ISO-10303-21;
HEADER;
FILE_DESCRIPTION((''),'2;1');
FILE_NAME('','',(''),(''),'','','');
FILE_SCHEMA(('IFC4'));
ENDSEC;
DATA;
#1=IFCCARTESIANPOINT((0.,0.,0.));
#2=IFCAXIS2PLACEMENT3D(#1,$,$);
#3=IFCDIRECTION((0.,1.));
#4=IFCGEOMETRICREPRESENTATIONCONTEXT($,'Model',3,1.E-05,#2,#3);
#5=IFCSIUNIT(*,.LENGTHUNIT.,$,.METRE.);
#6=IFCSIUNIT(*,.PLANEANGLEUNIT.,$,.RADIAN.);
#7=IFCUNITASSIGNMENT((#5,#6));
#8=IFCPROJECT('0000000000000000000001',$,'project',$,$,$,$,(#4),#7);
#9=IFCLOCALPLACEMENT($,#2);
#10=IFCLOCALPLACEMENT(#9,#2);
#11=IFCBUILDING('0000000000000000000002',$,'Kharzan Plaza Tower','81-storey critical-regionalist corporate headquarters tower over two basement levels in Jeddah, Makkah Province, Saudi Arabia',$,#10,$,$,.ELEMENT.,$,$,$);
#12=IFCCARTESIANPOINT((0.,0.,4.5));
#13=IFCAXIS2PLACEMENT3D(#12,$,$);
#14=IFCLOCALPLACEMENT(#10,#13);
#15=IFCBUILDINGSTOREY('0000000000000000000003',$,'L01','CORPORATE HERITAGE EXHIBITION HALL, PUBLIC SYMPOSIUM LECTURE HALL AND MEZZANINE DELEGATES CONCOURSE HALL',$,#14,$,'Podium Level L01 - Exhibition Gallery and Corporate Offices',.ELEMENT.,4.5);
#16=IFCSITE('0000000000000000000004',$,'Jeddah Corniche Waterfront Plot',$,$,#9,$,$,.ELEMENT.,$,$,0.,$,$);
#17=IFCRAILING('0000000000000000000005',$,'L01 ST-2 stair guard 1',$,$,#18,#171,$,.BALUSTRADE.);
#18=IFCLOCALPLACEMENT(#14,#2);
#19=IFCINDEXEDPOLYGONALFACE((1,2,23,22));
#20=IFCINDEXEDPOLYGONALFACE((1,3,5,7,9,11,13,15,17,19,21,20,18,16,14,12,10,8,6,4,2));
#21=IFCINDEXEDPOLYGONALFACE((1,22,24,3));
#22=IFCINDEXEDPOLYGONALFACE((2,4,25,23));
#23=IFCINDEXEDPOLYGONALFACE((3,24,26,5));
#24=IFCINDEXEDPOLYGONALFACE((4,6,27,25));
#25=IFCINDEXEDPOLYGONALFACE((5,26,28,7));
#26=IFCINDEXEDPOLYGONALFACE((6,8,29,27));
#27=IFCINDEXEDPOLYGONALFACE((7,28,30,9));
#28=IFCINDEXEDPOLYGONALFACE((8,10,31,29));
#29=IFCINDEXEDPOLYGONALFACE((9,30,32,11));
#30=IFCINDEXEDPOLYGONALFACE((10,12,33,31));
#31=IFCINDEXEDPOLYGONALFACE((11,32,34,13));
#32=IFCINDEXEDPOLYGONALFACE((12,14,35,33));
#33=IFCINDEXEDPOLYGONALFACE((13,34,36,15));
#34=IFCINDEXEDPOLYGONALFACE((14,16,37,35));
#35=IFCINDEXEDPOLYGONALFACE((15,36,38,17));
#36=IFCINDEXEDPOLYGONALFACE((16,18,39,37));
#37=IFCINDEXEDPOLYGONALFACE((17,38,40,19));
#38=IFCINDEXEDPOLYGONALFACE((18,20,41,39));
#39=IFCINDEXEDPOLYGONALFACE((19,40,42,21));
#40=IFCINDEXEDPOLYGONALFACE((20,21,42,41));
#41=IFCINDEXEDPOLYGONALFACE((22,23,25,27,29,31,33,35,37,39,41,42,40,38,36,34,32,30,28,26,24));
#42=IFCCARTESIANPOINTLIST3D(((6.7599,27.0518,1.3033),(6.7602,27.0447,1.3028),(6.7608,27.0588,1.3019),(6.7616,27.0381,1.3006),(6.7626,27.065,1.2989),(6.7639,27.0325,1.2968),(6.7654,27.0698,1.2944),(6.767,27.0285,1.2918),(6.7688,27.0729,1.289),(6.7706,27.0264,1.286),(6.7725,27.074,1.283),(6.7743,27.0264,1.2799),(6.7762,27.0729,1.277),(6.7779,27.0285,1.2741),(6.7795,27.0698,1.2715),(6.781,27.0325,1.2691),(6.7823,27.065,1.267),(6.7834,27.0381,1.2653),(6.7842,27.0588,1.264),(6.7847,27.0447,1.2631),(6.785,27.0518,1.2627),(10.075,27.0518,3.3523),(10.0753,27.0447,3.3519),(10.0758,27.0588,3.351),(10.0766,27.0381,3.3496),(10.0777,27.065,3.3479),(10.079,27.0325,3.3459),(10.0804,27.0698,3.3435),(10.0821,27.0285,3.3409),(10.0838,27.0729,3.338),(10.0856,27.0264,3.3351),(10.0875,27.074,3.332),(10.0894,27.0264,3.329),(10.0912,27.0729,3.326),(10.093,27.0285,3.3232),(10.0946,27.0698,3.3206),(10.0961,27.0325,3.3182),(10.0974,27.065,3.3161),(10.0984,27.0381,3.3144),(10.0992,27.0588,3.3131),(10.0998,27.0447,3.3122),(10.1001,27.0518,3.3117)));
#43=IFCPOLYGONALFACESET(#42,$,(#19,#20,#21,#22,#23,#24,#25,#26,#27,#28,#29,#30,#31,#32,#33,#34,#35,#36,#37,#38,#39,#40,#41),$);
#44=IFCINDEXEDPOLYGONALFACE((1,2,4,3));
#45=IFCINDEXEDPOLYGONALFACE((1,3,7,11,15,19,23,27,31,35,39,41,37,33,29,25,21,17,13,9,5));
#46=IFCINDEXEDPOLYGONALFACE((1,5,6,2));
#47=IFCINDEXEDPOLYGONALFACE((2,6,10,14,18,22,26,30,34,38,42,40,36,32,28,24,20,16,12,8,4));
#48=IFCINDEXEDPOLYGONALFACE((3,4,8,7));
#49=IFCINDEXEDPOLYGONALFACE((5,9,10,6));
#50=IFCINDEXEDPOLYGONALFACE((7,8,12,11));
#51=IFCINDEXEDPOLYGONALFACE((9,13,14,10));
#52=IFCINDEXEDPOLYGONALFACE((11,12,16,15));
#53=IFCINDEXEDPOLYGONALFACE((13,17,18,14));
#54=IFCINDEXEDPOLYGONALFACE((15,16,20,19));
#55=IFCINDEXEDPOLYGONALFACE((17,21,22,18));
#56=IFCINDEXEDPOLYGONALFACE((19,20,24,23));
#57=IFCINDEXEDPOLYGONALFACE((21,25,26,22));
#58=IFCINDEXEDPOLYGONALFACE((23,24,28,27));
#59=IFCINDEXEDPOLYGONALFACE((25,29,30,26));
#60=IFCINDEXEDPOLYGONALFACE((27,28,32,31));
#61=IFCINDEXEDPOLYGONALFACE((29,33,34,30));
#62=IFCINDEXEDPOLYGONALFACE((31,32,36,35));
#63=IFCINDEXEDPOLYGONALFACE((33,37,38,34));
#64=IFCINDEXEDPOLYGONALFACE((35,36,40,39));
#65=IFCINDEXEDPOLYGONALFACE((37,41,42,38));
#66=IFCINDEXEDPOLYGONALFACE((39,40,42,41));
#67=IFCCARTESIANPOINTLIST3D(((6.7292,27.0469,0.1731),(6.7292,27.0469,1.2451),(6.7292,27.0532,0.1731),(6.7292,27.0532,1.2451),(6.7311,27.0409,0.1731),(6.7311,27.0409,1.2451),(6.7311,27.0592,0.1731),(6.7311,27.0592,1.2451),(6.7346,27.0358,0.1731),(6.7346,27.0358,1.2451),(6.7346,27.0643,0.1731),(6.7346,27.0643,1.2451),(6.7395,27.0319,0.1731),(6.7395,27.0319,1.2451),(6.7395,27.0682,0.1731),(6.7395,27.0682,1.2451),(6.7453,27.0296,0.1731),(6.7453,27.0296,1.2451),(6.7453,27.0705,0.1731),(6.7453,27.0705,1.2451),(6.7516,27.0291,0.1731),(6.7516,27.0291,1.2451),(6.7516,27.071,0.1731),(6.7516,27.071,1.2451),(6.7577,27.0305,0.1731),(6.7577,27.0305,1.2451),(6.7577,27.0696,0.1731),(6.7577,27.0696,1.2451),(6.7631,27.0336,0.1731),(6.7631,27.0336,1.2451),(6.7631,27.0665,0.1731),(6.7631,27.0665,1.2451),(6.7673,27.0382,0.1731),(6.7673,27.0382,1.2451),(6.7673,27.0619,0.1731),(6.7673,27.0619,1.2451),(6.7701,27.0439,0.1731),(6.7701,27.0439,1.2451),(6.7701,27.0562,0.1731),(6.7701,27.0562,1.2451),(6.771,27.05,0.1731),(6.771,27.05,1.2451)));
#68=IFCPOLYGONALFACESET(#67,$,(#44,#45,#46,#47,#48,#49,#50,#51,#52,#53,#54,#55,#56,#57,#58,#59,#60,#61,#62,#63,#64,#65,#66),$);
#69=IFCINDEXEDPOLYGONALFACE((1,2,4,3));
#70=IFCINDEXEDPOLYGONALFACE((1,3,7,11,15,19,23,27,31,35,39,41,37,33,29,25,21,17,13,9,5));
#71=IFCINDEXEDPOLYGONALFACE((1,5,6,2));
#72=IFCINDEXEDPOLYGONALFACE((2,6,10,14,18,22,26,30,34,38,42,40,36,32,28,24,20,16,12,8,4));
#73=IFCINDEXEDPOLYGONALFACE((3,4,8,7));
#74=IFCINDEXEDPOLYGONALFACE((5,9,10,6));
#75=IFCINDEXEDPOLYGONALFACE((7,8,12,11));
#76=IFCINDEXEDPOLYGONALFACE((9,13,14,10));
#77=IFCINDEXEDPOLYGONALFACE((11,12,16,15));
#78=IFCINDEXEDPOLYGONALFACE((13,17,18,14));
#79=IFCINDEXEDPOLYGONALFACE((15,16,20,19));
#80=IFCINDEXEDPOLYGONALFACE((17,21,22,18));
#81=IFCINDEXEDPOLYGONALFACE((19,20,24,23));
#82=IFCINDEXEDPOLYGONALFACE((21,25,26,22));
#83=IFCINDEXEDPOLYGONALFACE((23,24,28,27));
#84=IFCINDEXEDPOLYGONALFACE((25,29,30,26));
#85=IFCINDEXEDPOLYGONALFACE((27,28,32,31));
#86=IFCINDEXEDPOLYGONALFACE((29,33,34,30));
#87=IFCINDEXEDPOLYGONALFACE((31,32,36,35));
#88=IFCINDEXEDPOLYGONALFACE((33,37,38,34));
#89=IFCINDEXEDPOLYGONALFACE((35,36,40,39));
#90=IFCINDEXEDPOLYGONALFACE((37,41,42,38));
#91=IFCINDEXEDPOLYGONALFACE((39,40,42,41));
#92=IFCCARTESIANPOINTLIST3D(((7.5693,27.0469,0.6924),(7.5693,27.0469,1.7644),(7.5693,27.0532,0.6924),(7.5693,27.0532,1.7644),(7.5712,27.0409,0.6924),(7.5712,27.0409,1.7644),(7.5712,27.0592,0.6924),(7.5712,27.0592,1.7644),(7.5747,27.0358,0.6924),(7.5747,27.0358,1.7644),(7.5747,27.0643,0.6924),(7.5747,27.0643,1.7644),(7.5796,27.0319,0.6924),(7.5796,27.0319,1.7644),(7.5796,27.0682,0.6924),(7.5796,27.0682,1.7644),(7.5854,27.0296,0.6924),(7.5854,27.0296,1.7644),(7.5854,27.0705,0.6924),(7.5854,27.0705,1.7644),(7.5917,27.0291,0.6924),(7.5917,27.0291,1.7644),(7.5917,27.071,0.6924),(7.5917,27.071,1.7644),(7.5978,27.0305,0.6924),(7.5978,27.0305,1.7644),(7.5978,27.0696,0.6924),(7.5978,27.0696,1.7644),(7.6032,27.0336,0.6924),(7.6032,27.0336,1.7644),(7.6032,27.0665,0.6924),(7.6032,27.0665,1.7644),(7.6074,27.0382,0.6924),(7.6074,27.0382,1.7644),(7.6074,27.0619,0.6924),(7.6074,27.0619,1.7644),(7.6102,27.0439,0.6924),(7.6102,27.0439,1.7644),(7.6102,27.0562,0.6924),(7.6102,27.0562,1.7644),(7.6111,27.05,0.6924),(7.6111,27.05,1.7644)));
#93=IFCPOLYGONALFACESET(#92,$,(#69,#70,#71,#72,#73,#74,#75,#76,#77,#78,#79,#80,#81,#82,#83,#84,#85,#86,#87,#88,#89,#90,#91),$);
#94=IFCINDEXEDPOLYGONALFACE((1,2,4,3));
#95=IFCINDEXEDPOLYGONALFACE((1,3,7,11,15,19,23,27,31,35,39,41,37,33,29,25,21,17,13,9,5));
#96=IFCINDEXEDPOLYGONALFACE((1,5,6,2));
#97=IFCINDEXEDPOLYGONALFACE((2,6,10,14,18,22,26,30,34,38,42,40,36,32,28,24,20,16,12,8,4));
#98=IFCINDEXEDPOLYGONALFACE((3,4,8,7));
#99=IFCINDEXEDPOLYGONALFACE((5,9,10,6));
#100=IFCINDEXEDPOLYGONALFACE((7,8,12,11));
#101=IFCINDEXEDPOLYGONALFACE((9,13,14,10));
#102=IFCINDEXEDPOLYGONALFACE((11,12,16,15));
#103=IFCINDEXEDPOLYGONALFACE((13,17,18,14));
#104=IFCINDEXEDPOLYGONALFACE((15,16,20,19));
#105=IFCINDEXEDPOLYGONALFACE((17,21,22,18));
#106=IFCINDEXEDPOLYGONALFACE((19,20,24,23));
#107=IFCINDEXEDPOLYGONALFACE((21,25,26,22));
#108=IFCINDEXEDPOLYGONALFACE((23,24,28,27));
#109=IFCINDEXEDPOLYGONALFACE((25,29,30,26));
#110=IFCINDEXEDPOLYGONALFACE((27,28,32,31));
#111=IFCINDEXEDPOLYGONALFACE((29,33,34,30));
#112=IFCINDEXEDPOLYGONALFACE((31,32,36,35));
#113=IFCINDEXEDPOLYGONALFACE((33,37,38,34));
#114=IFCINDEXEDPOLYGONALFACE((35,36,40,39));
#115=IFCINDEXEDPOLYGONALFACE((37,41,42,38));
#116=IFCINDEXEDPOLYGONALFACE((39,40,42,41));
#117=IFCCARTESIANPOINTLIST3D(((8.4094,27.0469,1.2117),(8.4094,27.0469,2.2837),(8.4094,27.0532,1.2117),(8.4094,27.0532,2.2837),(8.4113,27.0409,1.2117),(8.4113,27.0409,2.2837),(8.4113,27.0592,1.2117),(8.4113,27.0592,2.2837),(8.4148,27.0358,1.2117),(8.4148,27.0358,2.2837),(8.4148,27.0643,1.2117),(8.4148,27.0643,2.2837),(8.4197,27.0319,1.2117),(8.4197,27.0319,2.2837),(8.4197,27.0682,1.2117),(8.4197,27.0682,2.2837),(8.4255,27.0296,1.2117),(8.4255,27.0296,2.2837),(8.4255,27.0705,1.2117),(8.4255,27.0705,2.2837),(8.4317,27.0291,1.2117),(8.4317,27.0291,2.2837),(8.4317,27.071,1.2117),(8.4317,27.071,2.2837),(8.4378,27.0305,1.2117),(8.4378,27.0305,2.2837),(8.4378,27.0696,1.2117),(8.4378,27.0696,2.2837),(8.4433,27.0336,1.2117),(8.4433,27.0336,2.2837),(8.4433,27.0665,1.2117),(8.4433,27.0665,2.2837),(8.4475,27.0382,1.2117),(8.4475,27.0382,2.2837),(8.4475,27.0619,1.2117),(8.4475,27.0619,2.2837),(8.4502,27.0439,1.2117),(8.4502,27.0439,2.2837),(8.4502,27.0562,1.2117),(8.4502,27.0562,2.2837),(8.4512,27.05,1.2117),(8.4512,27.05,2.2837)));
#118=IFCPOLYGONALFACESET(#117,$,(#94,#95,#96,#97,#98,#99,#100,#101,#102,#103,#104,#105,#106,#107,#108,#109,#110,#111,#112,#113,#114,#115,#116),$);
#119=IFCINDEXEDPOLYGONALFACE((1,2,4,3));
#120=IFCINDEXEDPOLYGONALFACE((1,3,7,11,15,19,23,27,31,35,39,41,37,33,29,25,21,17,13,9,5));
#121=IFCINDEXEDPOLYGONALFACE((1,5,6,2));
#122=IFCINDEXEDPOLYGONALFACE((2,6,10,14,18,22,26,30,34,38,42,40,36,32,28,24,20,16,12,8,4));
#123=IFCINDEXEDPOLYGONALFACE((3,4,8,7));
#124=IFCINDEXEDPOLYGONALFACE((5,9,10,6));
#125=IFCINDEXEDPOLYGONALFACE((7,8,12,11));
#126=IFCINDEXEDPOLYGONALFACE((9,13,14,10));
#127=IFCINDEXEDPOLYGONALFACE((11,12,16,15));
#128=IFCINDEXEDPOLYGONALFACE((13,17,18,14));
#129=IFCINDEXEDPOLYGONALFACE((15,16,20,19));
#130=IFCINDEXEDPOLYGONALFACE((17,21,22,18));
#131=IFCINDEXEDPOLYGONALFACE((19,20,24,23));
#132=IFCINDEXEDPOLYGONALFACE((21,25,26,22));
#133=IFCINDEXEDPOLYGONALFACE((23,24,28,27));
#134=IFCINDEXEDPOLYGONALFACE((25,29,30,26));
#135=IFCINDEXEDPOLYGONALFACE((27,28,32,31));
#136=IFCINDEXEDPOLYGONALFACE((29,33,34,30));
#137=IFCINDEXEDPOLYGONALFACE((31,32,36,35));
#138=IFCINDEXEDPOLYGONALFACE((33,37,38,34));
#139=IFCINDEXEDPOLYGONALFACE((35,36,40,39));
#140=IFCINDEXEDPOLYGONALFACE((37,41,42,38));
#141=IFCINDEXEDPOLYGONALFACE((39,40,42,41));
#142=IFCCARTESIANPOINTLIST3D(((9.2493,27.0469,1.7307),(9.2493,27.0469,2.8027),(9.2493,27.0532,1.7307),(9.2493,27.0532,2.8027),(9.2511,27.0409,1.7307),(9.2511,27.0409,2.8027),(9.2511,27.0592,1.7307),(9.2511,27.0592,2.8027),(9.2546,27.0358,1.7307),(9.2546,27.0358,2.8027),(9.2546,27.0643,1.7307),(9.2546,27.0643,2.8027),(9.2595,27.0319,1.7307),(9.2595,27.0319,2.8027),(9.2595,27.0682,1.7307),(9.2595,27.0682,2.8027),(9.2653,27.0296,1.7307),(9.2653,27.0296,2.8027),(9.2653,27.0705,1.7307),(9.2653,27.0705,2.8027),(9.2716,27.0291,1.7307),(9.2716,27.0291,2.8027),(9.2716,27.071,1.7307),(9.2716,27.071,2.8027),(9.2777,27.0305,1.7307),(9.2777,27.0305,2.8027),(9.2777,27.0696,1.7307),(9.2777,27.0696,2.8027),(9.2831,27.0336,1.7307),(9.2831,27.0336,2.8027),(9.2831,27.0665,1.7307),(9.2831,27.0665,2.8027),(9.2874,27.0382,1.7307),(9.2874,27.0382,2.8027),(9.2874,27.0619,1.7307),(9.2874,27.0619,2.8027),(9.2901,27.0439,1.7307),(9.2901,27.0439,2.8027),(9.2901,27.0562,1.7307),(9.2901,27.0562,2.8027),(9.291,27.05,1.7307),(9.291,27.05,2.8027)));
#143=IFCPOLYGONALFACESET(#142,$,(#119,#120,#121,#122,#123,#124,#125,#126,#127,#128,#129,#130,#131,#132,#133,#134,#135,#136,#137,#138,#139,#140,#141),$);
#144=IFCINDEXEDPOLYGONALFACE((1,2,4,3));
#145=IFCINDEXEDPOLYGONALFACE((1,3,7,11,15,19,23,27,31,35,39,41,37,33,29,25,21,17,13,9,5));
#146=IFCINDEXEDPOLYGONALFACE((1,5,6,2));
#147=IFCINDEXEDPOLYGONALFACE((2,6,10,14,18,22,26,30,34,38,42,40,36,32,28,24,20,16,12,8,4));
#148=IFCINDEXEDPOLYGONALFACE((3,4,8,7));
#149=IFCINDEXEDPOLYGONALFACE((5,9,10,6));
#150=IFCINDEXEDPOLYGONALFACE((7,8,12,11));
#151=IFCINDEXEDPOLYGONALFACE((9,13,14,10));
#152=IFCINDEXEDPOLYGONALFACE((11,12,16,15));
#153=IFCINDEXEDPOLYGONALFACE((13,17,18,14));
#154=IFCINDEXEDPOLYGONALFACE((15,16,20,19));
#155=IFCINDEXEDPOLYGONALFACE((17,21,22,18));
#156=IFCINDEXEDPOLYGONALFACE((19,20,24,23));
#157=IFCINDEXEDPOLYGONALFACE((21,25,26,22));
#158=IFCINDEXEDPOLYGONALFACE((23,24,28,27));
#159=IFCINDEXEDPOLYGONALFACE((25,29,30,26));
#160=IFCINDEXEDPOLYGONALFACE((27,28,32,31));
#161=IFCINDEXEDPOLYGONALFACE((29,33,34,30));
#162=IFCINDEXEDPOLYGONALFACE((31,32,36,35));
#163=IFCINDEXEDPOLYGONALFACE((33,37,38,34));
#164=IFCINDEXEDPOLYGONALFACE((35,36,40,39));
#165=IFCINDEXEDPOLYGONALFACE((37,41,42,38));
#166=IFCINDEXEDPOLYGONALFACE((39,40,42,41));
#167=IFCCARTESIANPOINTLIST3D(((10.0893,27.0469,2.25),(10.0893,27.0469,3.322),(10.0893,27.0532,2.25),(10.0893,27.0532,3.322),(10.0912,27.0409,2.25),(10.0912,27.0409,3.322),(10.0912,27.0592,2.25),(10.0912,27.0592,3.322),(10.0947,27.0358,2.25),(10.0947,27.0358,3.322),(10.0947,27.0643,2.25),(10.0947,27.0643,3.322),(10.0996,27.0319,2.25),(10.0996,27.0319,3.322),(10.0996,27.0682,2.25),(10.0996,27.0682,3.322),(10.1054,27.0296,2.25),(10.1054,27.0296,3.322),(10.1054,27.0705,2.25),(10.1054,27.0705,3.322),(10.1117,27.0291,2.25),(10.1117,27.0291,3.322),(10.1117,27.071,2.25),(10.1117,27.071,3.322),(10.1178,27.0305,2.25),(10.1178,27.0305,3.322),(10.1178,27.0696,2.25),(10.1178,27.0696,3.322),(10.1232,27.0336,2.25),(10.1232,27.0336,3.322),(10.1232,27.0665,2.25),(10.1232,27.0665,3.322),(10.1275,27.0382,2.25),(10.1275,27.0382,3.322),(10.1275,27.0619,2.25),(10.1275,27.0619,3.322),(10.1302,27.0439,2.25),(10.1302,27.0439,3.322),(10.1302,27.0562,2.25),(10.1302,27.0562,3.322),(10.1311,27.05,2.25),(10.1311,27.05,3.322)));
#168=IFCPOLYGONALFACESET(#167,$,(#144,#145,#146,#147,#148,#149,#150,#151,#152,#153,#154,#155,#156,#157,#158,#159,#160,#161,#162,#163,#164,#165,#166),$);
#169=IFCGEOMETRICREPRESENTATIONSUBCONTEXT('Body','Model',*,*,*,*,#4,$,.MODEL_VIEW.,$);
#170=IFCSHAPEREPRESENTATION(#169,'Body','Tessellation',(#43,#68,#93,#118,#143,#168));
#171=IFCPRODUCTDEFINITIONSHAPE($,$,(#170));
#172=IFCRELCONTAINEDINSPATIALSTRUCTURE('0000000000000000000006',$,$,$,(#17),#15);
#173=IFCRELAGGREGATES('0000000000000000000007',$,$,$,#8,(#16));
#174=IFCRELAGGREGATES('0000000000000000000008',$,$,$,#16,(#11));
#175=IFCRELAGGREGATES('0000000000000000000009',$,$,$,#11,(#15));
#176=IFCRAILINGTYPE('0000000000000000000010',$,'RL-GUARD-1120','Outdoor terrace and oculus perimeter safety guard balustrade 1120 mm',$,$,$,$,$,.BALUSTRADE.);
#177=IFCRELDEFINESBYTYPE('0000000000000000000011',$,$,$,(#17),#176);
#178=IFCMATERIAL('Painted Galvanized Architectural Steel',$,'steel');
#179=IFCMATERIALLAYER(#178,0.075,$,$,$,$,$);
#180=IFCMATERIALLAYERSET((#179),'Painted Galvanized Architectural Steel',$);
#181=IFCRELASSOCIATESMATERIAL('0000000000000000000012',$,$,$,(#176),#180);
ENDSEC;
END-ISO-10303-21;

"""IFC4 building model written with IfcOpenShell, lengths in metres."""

from ifc_helpers import new_model, si_unit, direction, frame, origin, origin_2d, place, context, subcontext, project, spatial, circle, extrude, source, transform, mapped, material, layer, layer_set, type_object, element, save


model = new_model("IFC4")

# Units and contexts
model_context = context("Model", 3, precision=1e-05, world=origin(), true_north=direction((0.0, 1.0)))
body_context = subcontext(model_context, "Body", "Model", "MODEL_VIEW")
ifc_project = project(units=[si_unit("LENGTHUNIT", "METRE"), si_unit("PLANEANGLEUNIT", "RADIAN")], contexts=[model_context])

# Site, building, storey
site_placement = place(None, origin())
site = spatial("IfcSite", under=ifc_project, at=site_placement, Name="Jeddah Corniche Waterfront Plot", CompositionType="ELEMENT", RefElevation=0.0)
building_placement = place(site_placement, origin())
building = spatial("IfcBuilding", under=site, at=building_placement, Name="Kharzan Plaza Tower", Description="81-storey critical-regionalist corporate headquarters tower over two basement levels in Jeddah, Makkah Province, Saudi Arabia", CompositionType="ELEMENT")
storey_placement = place(building_placement, frame((0.0, 0.0, 4.5)))
storey = spatial("IfcBuildingStorey", under=building, at=storey_placement, Name="L01", Description="CORPORATE HERITAGE EXHIBITION HALL, PUBLIC SYMPOSIUM LECTURE HALL AND MEZZANINE DELEGATES CONCOURSE HALL", LongName="Podium Level L01 - Exhibition Gallery and Corporate Offices", CompositionType="ELEMENT", Elevation=4.5)

# Railing
ifc_material_1 = material(Name="Painted Galvanized Architectural Steel", Category="steel")
ifc_layer_1 = layer(ifc_material_1, 0.075)
ifc_layer_set_1 = layer_set([ifc_layer_1], Name="Painted Galvanized Architectural Steel")
railing_type_1 = type_object("IfcRailingType", Name="RL-GUARD-1120", Description="Outdoor terrace and oculus perimeter safety guard balustrade 1120 mm", PredefinedType="BALUSTRADE", material=ifc_layer_set_1)
shared_shape_1 = source(origin(), body_context, "Body", "SweptSolid", [
    extrude(circle(Radius=0.0239, at=origin_2d()), frame((0.0225, 0.0, 1.1099), z_axis=(0.850623, 0.0, 0.525776), x_axis=(0.0, 1.0, 0.0)), (0.0, 0.0, 1.0), 3.8972),
    extrude(circle(Radius=0.021, at=origin_2d()), origin(), (0.0, 0.0, 1.0), 1.072),
    extrude(circle(Radius=0.021, at=origin_2d()), frame((0.8401, 0.0, 0.5193)), (0.0, 0.0, 1.0), 1.072),
    extrude(circle(Radius=0.021, at=origin_2d()), frame((1.6802, 0.0, 1.0386)), (0.0, 0.0, 1.0), 1.072),
    extrude(circle(Radius=0.021, at=origin_2d()), frame((2.52, 0.0, 1.5576)), (0.0, 0.0, 1.0), 1.072),
    extrude(circle(Radius=0.021, at=origin_2d()), frame((3.3601, 0.0, 2.0769)), (0.0, 0.0, 1.0), 1.072),
])
railing_1_placement = place(storey_placement, frame((6.75, 27.05, 0.1731)))
element("IfcRailing", 1, at=railing_1_placement, inside=storey, type_object=railing_type_1, Name="L01 ST-2 stair guard 1", PredefinedType="BALUSTRADE", context=body_context, shape_type="MappedRepresentation", body=[
    mapped(shared_shape_1, transform((0.0, 0.0, 0.0), x_axis=(1.0, 0.0, 0.0), y_axis=(0.0, 1.0, 0.0), z_axis=(0.0, 0.0, 1.0))),
])

save(model, "model.ifc")
